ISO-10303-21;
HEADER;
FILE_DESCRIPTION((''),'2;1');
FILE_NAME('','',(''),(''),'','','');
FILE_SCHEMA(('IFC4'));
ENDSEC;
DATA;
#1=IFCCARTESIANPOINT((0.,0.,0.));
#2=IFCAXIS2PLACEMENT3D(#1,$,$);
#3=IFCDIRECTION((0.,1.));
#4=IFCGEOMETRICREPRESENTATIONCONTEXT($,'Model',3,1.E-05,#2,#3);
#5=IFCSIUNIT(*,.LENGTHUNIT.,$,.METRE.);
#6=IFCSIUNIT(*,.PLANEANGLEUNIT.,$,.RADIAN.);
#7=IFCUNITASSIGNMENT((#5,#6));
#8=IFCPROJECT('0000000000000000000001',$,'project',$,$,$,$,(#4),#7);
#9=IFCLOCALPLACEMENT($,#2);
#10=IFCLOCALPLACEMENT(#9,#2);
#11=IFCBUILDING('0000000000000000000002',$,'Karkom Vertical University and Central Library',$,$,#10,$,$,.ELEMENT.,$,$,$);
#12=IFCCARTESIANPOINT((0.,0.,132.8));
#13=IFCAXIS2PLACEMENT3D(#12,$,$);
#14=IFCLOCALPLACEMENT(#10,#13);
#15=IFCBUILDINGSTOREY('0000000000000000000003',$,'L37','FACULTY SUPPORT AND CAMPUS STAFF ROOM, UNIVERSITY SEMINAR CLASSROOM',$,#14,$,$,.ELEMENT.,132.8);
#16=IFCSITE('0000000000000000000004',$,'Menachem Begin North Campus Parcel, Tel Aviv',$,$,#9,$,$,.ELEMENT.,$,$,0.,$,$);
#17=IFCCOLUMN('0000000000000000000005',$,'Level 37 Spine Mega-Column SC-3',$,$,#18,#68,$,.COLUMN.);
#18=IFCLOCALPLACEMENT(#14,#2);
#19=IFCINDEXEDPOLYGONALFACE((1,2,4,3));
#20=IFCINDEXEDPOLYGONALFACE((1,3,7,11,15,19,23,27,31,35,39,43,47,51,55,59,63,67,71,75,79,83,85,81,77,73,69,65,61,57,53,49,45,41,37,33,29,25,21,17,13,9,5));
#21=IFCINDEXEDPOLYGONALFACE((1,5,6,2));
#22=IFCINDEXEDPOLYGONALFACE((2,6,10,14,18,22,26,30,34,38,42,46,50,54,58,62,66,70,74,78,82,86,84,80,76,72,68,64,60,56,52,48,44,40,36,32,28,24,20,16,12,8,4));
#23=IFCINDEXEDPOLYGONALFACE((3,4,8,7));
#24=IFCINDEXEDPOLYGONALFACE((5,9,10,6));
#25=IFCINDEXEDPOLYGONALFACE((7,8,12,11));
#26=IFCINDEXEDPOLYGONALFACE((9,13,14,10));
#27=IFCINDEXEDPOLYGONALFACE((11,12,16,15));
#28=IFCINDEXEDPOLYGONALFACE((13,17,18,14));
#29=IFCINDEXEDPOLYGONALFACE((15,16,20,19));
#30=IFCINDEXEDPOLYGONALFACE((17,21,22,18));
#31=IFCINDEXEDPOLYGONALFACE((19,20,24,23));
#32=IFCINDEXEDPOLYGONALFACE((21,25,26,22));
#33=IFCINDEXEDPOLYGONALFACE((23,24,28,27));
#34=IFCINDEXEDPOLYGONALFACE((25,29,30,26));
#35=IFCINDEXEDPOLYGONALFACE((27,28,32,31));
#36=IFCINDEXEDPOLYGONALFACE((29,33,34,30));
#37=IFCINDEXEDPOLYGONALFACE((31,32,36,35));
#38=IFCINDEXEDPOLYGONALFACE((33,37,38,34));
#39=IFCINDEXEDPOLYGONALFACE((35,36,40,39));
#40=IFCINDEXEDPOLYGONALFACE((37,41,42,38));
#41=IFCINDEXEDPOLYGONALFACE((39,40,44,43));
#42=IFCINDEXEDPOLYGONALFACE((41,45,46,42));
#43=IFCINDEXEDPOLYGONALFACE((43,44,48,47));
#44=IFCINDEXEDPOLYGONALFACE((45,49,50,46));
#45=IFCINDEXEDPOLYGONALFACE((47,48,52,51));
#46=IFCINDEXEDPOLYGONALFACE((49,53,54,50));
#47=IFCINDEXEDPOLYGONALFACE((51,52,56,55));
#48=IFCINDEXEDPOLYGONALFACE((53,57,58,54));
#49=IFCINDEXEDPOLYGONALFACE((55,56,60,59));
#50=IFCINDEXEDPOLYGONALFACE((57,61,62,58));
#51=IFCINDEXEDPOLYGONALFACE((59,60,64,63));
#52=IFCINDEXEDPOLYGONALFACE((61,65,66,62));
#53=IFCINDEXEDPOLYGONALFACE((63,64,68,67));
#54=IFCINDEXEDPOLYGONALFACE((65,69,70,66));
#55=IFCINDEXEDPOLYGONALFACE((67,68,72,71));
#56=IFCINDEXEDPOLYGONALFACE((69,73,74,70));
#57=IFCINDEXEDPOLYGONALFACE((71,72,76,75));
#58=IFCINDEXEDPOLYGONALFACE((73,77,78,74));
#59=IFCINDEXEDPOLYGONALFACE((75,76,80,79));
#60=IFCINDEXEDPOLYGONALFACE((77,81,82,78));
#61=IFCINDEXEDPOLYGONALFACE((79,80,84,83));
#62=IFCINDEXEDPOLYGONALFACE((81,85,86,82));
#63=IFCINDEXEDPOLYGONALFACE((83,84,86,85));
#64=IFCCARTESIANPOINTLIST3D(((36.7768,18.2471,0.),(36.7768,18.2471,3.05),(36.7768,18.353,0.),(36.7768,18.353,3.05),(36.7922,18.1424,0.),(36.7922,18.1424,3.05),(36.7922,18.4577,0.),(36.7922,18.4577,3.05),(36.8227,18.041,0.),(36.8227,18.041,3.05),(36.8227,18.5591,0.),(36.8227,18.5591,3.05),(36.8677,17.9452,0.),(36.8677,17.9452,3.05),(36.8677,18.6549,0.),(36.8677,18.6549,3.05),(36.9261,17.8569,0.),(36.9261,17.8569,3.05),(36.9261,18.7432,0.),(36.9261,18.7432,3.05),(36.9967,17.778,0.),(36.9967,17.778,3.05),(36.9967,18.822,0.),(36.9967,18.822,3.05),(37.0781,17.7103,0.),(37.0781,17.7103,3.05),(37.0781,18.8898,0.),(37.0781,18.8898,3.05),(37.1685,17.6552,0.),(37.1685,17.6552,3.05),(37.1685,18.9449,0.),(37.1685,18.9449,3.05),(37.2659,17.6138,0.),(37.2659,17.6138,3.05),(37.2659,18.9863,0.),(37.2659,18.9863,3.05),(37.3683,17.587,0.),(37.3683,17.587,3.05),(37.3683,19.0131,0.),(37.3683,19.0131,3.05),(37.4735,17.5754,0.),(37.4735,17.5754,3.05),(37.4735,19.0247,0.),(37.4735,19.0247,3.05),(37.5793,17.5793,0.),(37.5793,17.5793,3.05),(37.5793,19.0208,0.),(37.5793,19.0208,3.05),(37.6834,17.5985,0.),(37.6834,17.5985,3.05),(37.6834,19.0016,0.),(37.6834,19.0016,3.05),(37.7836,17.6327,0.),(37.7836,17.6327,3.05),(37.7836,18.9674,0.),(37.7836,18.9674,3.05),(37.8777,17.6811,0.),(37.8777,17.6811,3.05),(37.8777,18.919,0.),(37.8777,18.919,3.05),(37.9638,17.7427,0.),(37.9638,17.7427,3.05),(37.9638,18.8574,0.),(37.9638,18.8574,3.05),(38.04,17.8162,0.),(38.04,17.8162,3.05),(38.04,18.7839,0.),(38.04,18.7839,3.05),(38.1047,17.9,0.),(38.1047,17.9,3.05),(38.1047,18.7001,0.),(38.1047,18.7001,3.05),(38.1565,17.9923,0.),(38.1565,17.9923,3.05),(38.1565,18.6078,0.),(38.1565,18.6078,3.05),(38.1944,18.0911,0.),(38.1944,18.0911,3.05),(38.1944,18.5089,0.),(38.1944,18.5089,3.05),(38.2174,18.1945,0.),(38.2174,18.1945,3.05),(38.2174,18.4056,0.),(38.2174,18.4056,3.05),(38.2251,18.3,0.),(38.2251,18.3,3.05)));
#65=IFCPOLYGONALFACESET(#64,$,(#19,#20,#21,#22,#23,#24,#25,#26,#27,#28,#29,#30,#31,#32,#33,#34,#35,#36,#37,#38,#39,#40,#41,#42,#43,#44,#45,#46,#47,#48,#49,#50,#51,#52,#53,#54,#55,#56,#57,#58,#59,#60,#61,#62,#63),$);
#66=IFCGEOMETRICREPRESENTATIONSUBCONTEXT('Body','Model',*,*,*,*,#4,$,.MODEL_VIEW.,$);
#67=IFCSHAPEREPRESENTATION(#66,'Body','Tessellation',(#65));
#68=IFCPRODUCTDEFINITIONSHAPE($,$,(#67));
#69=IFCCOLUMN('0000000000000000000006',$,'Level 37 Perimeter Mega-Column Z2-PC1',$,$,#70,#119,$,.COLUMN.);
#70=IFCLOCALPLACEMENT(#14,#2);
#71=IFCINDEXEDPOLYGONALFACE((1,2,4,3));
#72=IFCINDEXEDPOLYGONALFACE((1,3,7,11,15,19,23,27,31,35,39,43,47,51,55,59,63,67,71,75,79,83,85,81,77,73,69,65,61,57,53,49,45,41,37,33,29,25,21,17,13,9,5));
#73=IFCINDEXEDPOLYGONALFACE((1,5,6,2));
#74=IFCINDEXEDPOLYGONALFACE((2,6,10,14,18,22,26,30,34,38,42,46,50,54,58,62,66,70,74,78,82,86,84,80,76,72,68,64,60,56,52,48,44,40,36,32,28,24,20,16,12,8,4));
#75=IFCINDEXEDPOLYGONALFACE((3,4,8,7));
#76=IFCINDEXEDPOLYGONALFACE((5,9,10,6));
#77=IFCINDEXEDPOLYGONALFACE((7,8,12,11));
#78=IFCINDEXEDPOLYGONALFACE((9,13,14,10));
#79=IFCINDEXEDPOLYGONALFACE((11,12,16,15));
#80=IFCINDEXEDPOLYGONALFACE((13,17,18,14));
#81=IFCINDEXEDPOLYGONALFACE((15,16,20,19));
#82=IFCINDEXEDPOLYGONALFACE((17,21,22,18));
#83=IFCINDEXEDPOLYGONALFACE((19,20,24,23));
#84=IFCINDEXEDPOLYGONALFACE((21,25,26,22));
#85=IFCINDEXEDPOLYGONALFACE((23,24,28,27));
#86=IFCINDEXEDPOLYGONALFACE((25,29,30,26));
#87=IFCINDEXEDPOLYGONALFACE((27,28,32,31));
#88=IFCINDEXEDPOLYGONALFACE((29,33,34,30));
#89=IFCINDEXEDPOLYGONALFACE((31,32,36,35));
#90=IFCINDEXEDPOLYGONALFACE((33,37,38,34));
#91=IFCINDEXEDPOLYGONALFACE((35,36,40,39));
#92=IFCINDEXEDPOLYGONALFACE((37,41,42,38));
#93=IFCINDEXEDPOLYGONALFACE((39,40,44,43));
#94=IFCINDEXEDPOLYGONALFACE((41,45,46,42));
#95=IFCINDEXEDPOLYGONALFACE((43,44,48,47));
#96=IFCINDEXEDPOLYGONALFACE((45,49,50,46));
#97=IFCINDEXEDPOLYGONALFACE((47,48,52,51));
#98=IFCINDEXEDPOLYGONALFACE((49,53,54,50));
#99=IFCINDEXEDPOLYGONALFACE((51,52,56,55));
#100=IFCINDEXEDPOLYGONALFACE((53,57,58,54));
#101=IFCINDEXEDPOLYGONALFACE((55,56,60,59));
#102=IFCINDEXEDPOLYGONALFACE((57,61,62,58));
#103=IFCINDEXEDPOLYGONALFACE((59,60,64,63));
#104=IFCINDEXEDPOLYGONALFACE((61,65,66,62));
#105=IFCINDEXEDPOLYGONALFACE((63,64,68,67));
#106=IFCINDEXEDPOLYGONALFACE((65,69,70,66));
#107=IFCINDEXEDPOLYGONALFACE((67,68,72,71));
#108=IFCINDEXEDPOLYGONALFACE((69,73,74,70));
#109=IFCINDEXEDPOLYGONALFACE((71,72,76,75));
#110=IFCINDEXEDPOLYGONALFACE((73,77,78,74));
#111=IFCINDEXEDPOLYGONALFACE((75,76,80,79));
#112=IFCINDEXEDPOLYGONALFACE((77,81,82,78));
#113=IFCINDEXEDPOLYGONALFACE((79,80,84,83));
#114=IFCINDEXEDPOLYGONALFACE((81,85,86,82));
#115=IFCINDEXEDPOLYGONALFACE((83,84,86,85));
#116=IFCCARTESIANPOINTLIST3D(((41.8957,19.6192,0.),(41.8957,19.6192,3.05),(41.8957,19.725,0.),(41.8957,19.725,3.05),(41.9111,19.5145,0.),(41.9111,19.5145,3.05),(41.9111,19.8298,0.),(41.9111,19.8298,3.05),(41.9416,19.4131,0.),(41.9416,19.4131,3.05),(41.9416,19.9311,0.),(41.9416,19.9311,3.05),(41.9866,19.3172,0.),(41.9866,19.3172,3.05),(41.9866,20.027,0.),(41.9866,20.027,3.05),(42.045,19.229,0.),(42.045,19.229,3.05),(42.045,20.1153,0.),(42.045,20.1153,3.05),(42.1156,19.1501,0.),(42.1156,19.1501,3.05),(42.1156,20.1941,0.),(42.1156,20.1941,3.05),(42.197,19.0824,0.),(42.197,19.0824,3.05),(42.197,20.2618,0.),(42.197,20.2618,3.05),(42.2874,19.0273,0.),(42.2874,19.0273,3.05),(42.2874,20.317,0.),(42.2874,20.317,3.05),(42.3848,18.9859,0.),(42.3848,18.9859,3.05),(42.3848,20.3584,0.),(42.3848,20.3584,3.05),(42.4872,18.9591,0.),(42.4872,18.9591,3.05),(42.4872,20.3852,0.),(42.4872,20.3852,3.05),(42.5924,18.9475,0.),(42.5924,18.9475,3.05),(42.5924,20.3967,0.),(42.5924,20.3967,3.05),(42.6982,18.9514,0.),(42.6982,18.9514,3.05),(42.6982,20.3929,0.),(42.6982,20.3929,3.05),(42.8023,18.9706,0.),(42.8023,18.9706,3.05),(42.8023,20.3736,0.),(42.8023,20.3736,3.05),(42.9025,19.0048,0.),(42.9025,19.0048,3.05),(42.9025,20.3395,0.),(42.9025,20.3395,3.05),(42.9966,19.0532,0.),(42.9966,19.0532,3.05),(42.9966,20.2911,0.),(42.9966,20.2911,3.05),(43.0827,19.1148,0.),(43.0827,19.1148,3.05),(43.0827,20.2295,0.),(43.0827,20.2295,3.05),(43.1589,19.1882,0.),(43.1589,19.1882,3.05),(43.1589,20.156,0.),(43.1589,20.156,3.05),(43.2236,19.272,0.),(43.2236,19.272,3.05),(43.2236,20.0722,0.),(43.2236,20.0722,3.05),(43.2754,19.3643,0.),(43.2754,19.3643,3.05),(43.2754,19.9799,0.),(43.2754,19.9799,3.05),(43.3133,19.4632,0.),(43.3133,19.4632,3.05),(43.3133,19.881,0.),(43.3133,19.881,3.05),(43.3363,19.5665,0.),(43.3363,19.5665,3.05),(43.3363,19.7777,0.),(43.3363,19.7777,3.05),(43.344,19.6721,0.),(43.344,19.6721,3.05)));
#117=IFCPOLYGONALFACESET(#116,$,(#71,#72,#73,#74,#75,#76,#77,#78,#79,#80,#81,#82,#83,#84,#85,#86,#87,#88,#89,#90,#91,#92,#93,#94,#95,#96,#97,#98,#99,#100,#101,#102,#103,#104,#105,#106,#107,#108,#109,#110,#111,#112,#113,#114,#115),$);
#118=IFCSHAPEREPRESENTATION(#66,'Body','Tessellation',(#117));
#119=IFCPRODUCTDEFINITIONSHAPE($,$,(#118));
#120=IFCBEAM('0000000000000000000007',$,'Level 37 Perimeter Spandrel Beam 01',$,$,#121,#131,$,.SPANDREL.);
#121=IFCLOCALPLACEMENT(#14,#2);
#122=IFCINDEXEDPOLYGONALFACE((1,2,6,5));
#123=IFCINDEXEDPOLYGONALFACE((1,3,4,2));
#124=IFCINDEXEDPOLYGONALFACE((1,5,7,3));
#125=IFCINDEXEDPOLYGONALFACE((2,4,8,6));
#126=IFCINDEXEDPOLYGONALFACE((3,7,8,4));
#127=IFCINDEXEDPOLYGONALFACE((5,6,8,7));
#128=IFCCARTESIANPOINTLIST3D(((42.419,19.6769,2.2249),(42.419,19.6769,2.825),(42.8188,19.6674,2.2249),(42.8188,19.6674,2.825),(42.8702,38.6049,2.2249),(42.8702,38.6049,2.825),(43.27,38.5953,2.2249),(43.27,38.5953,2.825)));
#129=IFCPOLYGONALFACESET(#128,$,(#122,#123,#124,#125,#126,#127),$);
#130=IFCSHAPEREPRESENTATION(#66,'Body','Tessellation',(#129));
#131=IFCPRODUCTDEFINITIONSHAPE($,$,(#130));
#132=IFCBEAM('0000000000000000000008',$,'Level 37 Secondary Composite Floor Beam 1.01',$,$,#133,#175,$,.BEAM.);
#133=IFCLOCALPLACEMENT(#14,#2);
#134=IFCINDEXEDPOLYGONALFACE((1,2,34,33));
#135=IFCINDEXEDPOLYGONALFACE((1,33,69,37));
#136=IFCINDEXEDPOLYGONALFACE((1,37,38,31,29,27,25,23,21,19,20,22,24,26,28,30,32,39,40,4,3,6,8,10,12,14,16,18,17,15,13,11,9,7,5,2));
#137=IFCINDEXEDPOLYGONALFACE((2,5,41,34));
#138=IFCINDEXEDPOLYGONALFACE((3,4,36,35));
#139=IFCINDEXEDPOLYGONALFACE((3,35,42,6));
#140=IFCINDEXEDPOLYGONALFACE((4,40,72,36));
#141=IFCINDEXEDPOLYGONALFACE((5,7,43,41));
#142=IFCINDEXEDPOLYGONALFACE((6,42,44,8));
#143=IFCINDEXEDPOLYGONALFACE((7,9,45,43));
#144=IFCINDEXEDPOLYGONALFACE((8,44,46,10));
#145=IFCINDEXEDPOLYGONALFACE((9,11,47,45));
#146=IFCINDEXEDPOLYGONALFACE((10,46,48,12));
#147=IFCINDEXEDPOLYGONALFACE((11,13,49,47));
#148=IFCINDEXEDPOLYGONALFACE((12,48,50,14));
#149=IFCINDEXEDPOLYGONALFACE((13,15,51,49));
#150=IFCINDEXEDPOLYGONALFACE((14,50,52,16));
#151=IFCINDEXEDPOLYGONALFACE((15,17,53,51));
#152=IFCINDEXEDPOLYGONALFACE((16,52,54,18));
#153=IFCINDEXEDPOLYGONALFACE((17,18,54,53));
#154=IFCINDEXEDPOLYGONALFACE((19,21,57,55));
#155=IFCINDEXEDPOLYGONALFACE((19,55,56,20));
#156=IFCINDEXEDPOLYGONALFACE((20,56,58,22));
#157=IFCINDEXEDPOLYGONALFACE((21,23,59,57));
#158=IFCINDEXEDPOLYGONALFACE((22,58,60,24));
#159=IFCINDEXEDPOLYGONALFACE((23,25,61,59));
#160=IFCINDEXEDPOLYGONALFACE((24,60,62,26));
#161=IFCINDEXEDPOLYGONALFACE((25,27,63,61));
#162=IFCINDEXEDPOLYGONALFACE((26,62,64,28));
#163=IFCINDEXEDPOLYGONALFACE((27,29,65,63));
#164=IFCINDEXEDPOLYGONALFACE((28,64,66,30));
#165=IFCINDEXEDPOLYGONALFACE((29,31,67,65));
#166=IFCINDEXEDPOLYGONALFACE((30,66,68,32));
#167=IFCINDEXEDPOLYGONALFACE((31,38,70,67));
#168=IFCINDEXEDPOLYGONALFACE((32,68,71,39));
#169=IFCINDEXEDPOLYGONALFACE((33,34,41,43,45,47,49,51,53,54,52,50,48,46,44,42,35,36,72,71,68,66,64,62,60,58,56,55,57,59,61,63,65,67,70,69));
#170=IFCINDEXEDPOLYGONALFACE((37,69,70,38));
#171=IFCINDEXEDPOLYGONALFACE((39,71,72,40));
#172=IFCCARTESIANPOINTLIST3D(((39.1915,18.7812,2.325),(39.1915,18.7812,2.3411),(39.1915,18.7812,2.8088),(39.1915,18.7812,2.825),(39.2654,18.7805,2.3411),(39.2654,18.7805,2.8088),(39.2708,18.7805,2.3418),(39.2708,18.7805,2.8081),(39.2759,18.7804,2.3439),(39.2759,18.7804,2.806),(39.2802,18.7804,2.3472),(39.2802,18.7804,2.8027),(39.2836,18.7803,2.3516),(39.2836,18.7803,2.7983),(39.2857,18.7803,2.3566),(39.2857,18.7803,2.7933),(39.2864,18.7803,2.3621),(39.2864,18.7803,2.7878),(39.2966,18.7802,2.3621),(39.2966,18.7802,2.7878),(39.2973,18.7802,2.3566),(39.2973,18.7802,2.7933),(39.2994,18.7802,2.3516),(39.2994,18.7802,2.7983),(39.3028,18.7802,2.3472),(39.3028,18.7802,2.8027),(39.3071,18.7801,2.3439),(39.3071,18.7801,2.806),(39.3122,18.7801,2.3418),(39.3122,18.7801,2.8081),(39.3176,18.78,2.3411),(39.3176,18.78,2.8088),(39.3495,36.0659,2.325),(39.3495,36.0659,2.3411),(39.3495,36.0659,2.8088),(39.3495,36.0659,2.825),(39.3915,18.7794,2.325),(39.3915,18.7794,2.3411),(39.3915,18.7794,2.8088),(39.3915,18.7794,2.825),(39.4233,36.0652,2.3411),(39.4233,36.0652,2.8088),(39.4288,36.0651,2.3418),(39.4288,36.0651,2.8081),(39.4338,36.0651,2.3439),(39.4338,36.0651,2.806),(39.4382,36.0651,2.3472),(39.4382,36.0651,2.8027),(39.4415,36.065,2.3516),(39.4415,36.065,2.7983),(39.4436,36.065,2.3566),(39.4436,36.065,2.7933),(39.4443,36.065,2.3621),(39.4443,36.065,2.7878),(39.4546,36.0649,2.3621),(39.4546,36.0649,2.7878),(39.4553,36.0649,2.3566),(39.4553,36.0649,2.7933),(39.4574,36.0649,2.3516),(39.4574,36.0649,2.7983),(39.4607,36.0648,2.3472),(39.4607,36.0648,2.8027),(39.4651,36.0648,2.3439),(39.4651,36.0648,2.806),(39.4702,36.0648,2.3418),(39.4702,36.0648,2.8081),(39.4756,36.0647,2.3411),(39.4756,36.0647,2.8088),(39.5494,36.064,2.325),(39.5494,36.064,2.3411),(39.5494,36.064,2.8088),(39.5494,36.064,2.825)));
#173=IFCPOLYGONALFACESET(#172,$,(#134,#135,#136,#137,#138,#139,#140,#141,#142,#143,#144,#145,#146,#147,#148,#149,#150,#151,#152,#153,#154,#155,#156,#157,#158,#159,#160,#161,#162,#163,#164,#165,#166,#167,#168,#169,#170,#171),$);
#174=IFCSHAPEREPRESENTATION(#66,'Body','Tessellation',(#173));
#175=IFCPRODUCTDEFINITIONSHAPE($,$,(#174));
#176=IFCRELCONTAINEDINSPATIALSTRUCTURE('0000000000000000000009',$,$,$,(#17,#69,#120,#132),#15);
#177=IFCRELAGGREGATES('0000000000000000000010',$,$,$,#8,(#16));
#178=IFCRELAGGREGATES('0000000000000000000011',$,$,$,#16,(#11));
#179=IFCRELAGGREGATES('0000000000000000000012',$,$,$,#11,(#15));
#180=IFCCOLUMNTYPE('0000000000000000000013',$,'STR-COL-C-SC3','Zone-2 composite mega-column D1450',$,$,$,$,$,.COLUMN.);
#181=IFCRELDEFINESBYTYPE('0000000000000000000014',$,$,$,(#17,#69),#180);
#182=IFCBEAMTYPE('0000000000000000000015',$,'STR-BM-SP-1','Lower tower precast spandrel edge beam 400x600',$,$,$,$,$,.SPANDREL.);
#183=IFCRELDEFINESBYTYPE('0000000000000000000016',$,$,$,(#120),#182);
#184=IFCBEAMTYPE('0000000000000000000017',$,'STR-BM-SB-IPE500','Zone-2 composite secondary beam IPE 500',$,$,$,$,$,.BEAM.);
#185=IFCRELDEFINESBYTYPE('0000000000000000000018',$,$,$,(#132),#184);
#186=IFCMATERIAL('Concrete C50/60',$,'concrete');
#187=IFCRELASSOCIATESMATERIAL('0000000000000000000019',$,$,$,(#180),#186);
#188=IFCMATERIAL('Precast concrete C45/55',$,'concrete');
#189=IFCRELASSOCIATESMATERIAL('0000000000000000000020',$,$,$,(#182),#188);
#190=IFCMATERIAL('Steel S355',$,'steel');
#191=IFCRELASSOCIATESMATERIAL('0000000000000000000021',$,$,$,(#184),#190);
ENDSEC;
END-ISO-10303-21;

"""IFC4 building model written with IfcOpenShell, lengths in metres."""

from ifc_helpers import new_model, si_unit, direction, frame, origin, origin_with_axes, origin_2d, place, context, subcontext, project, spatial, rectangle, circle, i_section, extrude, source, transform, mapped, material, material_profile, profile_set, type_object, element, save


model = new_model("IFC4")

# Units and contexts
model_context = context("Model", 3, precision=1e-05, world=origin(), true_north=direction((0.0, 1.0)))
body_context = subcontext(model_context, "Body", "Model", "MODEL_VIEW")
ifc_project = project(units=[si_unit("LENGTHUNIT", "METRE"), si_unit("PLANEANGLEUNIT", "RADIAN")], contexts=[model_context])

# Site, building, storey
site_placement = place(None, origin())
site = spatial("IfcSite", under=ifc_project, at=site_placement, Name="Menachem Begin North Campus Parcel, Tel Aviv", CompositionType="ELEMENT", RefElevation=0.0)
building_placement = place(site_placement, origin())
building = spatial("IfcBuilding", under=site, at=building_placement, Name="Karkom Vertical University and Central Library", CompositionType="ELEMENT")
storey_placement = place(building_placement, frame((0.0, 0.0, 132.8)))
storey = spatial("IfcBuildingStorey", under=building, at=storey_placement, Name="L37", Description="FACULTY SUPPORT AND CAMPUS STAFF ROOM, UNIVERSITY SEMINAR CLASSROOM", CompositionType="ELEMENT", Elevation=132.8)

# Columns
ifc_material_1 = material(Name="Concrete C50/60", Category="concrete")
ifc_material_profile_1 = material_profile(ifc_material_1, circle(Radius=0.7251, at=origin_2d()), Name="CFT-D1450")
ifc_profile_set_1 = profile_set([ifc_material_profile_1], Name="Concrete C50/60")
column_type = type_object("IfcColumnType", Name="STR-COL-C-SC3", Description="Zone-2 composite mega-column D1450", PredefinedType="COLUMN", material=ifc_profile_set_1)
shared_shape_1 = source(origin_with_axes(), body_context, "Body", "SweptSolid", [
    extrude(circle(Radius=0.7251, at=origin_2d()), origin(), (0.0, 0.0, 1.0), 3.05),
])
for number, where, z_axis, x_axis, name in (
    (1, (37.5, 18.3, 0.0), (0.0, 0.0, 1.0), (1.0, 0.0, 0.0), "Level 37 Spine Mega-Column SC-3"),
    (2, (42.6189, 19.6721, 0.0), (0.0, 0.0, 1.0), (1.0, 0.0, 0.0), "Level 37 Perimeter Mega-Column Z2-PC1"),
):
    element("IfcColumn", number, at=place(storey_placement, frame(where, z_axis=z_axis, x_axis=x_axis)), inside=storey, type_object=column_type, Name=name, PredefinedType="COLUMN", context=body_context, shape_type="MappedRepresentation", body=[
        mapped(shared_shape_1, transform((0.0, 0.0, 0.0), scale=1.0)),
    ])

# Beams
ifc_material_2 = material(Name="Precast concrete C45/55", Category="concrete")
ifc_material_profile_2 = material_profile(ifc_material_2, rectangle(XDim=0.3999, YDim=0.6001, at=origin_2d()), Name="SPB-400x600")
ifc_profile_set_2 = profile_set([ifc_material_profile_2], Name="Precast concrete C45/55")
beam_type_1 = type_object("IfcBeamType", Name="STR-BM-SP-1", Description="Lower tower precast spandrel edge beam 400x600", PredefinedType="SPANDREL", material=ifc_profile_set_2)
shared_shape_2 = source(origin_with_axes(), body_context, "Body", "SweptSolid", [
    extrude(rectangle(XDim=0.3999, YDim=0.6001, at=origin_2d()), origin(), (0.0, 0.0, 1.0), 18.9333),
])
beam_1_placement = place(storey_placement, frame((42.6189, 19.6721, 2.5249), z_axis=(0.023829, 0.999716, 0.0), x_axis=(-0.999716, 0.023829, 0.0)))
element("IfcBeam", 3, at=beam_1_placement, inside=storey, type_object=beam_type_1, Name="Level 37 Perimeter Spandrel Beam 01", PredefinedType="SPANDREL", context=body_context, shape_type="MappedRepresentation", body=[
    mapped(shared_shape_2, transform((0.0, 0.0, 0.0), scale=1.0)),
])
ifc_material_3 = material(Name="Steel S355", Category="steel")
ifc_material_profile_3 = material_profile(ifc_material_3, i_section(OverallWidth=0.2, OverallDepth=0.5, WebThickness=0.0103, FlangeThickness=0.0161, FilletRadius=0.021, at=origin_2d()), Name="IPE 500")
ifc_profile_set_3 = profile_set([ifc_material_profile_3], Name="Steel S355")
beam_type_2 = type_object("IfcBeamType", Name="STR-BM-SB-IPE500", Description="Zone-2 composite secondary beam IPE 500", PredefinedType="BEAM", material=ifc_profile_set_3)
shared_shape_3 = source(origin_with_axes(), body_context, "Body", "SweptSolid", [
    extrude(i_section(OverallWidth=0.2, OverallDepth=0.5, WebThickness=0.0103, FlangeThickness=0.0161, FilletRadius=0.021, at=origin_2d()), origin(), (0.0, 0.0, 1.0), 17.2854),
])
beam_2_placement = place(storey_placement, frame((39.2915, 18.7803, 2.575), z_axis=(0.009138, 0.999958, 0.0), x_axis=(-0.999958, 0.009138, 0.0)))
element("IfcBeam", 4, at=beam_2_placement, inside=storey, type_object=beam_type_2, Name="Level 37 Secondary Composite Floor Beam 1.01", PredefinedType="BEAM", context=body_context, shape_type="MappedRepresentation", body=[
    mapped(shared_shape_3, transform((0.0, 0.0, 0.0), scale=1.0)),
])

save(model, "model.ifc")
